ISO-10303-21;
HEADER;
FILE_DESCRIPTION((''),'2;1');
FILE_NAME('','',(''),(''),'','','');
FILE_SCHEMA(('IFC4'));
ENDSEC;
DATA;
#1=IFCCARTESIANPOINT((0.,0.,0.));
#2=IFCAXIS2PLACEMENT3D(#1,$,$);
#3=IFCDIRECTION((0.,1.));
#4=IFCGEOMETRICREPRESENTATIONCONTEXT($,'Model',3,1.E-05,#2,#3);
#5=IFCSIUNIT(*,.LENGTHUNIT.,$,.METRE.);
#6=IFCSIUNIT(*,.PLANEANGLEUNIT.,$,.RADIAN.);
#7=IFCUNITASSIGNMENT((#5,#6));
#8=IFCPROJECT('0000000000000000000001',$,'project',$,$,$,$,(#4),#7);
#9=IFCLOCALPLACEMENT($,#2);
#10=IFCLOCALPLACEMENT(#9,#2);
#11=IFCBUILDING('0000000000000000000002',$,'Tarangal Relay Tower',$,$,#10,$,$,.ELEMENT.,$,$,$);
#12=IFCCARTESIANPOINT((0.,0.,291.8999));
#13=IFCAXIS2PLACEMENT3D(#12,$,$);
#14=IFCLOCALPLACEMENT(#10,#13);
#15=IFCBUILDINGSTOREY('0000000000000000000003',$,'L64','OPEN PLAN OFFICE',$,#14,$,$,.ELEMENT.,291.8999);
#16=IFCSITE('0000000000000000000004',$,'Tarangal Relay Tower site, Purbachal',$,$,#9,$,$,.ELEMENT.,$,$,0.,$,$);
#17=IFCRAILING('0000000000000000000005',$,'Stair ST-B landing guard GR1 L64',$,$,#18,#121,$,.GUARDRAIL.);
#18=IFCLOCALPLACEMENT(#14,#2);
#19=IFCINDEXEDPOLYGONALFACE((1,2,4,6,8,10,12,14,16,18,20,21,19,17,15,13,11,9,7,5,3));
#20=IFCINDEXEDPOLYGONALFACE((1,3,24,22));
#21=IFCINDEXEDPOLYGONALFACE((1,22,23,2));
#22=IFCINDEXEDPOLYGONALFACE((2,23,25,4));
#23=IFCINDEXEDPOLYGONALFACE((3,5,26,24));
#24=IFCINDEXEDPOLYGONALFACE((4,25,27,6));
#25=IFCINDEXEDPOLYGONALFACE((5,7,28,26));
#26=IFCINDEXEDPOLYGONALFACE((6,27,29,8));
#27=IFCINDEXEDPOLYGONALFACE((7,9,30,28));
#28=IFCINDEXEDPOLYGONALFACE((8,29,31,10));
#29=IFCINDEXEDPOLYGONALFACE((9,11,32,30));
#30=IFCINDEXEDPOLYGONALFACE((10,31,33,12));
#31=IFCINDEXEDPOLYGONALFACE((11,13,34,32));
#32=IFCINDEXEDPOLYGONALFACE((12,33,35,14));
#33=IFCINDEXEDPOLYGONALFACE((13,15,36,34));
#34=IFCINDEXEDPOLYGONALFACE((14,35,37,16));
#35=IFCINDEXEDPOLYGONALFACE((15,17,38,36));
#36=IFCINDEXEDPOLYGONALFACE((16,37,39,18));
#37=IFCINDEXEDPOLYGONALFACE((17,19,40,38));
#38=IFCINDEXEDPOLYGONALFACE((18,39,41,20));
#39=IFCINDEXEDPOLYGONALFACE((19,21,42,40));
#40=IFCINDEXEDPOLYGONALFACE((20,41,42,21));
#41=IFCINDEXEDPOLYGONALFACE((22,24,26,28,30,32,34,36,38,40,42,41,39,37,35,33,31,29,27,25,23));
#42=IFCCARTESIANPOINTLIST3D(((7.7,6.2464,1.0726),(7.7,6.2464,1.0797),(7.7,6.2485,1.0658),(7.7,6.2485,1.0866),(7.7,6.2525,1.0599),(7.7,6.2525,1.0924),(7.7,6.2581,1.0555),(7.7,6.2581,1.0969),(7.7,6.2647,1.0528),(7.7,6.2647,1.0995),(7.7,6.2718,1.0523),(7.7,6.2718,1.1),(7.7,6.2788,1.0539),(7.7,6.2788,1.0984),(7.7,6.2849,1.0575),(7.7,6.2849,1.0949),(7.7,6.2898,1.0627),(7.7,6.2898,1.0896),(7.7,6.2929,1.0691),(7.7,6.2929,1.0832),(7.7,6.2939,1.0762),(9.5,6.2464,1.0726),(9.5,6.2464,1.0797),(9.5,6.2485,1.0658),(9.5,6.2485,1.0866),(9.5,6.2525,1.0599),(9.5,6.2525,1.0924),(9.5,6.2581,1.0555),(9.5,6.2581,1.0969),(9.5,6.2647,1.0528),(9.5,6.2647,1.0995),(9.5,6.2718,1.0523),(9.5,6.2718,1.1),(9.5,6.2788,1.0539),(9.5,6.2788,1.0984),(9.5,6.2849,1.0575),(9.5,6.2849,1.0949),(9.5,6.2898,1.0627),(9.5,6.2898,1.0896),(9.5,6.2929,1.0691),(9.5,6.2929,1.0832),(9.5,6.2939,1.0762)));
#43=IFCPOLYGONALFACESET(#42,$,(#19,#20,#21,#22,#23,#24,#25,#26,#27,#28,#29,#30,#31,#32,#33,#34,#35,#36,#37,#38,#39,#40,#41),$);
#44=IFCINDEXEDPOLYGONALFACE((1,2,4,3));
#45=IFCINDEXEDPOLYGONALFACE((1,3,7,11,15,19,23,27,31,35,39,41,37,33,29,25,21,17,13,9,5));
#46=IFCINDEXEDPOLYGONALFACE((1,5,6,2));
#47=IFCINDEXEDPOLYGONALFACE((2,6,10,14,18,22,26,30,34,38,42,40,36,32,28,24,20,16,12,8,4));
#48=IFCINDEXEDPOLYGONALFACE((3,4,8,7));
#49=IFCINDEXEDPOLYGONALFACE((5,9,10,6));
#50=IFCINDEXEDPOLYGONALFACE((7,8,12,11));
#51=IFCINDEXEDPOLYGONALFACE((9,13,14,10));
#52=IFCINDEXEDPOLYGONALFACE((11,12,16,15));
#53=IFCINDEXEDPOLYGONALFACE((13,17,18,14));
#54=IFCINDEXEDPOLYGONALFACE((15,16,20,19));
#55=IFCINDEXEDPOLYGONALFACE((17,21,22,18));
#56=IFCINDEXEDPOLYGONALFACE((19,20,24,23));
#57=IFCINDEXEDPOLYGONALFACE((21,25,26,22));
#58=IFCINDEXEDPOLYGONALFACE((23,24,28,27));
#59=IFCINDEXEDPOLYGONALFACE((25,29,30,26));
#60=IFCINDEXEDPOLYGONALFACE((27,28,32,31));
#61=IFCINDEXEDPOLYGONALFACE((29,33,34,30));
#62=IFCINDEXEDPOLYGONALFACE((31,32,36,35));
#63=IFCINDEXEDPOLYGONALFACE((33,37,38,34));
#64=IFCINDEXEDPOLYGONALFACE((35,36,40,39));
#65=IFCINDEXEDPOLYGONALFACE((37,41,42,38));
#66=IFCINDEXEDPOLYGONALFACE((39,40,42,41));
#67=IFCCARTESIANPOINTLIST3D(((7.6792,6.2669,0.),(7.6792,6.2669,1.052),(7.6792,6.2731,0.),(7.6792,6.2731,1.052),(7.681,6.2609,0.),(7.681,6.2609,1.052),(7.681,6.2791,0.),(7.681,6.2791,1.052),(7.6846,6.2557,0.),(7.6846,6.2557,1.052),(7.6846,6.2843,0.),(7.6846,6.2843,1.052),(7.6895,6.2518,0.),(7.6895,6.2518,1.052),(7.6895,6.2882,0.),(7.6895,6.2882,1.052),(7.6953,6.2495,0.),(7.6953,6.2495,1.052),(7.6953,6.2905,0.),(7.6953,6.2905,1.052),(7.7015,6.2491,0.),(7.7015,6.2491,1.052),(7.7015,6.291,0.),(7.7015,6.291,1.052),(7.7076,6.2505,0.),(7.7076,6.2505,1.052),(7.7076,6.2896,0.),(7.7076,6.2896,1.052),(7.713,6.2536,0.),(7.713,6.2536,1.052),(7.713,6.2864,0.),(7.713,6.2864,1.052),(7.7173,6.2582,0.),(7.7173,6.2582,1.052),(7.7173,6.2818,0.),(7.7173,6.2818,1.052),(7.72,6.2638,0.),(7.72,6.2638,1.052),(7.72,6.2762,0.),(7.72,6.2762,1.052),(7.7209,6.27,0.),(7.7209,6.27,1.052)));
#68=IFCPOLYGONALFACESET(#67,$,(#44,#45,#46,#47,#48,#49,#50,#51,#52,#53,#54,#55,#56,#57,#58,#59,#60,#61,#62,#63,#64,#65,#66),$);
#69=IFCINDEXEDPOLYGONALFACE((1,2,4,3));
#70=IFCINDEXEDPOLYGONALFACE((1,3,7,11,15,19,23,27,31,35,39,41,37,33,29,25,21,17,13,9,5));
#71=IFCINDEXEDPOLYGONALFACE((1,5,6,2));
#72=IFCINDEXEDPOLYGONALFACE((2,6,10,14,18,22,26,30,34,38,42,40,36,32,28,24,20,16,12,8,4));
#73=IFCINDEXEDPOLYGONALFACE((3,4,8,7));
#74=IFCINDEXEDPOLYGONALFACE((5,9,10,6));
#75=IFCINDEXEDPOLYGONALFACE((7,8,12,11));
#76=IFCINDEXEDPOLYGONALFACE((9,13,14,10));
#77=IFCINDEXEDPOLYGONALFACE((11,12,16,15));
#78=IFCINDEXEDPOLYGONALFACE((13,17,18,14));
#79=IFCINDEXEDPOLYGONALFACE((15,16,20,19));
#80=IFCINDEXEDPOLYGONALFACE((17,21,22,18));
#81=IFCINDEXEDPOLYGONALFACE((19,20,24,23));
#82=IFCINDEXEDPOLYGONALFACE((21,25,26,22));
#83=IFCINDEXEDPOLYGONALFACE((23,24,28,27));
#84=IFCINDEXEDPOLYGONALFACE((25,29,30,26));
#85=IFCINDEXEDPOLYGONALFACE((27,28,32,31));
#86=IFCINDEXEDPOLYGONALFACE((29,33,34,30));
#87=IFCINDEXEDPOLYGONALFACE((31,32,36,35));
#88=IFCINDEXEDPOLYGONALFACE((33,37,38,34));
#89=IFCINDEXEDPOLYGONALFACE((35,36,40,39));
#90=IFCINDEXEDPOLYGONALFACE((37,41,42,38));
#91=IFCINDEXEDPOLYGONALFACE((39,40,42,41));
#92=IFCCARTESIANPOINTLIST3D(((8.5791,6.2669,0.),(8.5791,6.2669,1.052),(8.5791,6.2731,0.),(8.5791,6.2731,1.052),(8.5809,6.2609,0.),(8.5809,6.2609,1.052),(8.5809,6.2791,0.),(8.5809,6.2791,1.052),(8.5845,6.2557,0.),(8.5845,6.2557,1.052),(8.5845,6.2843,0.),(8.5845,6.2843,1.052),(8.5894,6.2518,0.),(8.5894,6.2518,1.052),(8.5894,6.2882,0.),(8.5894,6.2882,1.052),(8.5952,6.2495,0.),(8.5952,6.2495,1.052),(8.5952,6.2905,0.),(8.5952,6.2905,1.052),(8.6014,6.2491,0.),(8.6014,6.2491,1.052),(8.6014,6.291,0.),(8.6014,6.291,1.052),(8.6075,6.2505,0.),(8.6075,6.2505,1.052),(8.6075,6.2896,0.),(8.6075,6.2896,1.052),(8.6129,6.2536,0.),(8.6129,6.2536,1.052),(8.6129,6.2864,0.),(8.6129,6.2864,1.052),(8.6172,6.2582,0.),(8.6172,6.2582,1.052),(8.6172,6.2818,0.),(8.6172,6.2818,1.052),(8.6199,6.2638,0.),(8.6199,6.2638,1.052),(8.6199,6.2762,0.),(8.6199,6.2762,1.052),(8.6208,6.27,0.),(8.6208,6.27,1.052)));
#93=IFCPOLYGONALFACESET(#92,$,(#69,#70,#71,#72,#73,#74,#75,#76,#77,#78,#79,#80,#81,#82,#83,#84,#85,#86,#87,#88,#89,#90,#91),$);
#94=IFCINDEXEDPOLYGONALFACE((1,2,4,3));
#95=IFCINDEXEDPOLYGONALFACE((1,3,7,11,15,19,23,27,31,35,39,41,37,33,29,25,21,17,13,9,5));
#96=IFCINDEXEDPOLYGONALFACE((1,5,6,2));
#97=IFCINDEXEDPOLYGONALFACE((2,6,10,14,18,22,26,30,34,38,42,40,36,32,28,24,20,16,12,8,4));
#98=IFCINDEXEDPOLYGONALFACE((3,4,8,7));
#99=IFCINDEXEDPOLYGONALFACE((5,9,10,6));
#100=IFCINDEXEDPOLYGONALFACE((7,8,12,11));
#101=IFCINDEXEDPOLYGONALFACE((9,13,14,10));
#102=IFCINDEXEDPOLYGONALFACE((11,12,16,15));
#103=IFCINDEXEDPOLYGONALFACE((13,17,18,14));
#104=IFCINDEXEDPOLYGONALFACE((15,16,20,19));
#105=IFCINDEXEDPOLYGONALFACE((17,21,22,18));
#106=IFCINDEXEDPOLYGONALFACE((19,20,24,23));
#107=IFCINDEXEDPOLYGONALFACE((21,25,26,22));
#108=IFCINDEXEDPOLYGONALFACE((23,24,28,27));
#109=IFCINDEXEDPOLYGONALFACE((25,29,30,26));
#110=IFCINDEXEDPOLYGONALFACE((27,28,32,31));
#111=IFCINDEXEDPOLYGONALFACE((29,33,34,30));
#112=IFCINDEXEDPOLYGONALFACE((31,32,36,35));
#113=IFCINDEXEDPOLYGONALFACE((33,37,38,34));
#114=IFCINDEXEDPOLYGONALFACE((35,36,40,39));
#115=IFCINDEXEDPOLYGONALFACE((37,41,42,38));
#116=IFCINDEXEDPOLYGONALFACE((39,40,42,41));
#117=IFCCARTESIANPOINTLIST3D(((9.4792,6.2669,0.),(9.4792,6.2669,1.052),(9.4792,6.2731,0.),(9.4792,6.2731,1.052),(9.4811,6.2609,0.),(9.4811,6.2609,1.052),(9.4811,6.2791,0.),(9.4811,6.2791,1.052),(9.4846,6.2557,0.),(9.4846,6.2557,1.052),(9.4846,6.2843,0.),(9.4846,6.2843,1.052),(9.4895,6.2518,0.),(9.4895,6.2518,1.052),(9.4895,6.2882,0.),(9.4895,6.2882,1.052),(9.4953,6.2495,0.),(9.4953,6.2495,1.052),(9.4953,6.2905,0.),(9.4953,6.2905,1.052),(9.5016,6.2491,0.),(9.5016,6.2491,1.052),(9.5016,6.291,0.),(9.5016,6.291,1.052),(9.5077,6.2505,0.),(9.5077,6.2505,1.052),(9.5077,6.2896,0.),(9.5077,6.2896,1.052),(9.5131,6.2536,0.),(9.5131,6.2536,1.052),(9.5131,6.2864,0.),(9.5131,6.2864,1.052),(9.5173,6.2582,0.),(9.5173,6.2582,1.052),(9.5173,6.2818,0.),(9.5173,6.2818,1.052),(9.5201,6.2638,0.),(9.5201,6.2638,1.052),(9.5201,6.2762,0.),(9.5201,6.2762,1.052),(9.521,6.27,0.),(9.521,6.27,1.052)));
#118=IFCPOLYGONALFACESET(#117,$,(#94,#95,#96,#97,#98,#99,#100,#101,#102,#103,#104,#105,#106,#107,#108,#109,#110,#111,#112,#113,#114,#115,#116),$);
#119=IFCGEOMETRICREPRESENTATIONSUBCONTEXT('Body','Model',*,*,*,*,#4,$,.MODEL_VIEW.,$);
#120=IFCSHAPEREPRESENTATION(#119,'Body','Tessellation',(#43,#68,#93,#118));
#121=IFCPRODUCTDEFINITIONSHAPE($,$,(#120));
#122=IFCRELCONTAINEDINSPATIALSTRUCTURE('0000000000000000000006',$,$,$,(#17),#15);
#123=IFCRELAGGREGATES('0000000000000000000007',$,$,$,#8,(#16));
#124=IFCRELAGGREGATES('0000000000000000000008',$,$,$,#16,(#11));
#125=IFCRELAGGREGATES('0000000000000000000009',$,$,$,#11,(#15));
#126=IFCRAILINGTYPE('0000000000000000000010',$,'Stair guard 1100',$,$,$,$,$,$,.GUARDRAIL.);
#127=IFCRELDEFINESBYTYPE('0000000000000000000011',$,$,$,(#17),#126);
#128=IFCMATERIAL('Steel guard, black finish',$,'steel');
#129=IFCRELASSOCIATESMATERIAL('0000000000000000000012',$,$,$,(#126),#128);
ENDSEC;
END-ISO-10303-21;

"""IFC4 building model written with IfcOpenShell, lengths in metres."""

from ifc_helpers import new_model, si_unit, direction, frame, origin, origin_2d, place, context, subcontext, project, spatial, circle, extrude, material, type_object, element, save


model = new_model("IFC4")

# Units and contexts
model_context = context("Model", 3, precision=1e-05, world=origin(), true_north=direction((0.0, 1.0)))
body_context = subcontext(model_context, "Body", "Model", "MODEL_VIEW")
ifc_project = project(units=[si_unit("LENGTHUNIT", "METRE"), si_unit("PLANEANGLEUNIT", "RADIAN")], contexts=[model_context])

# Site, building, storey
site_placement = place(None, origin())
site = spatial("IfcSite", under=ifc_project, at=site_placement, Name="Tarangal Relay Tower site, Purbachal", CompositionType="ELEMENT", RefElevation=0.0)
building_placement = place(site_placement, origin())
building = spatial("IfcBuilding", under=site, at=building_placement, Name="Tarangal Relay Tower", CompositionType="ELEMENT")
storey_placement = place(building_placement, frame((0.0, 0.0, 291.8999)))
storey = spatial("IfcBuildingStorey", under=building, at=storey_placement, Name="L64", Description="OPEN PLAN OFFICE", CompositionType="ELEMENT", Elevation=291.8999)

# Railing
ifc_material_1 = material(Name="Steel guard, black finish", Category="steel")
railing_type_1 = type_object("IfcRailingType", Name="Stair guard 1100", PredefinedType="GUARDRAIL", material=ifc_material_1)
railing_1_placement = place(storey_placement, frame((7.7, 6.27, 0.0)))
element("IfcRailing", 1, at=railing_1_placement, inside=storey, type_object=railing_type_1, Name="Stair ST-B landing guard GR1 L64", PredefinedType="GUARDRAIL", context=body_context, shape_type="SweptSolid", body=[
    extrude(circle(Radius=0.0239, at=origin_2d()), frame((0.0, 0.0, 1.0762), z_axis=(1.0, 0.0, 0.0), x_axis=(0.0, 1.0, 0.0)), (0.0, 0.0, 1.0), 1.8),
    extrude(circle(Radius=0.021, at=origin_2d()), origin(), (0.0, 0.0, 1.0), 1.052),
    extrude(circle(Radius=0.021, at=origin_2d()), frame((0.8999, 0.0, 0.0)), (0.0, 0.0, 1.0), 1.052),
    extrude(circle(Radius=0.021, at=origin_2d()), frame((1.8, 0.0, 0.0)), (0.0, 0.0, 1.0), 1.052),
])

save(model, "model.ifc")
